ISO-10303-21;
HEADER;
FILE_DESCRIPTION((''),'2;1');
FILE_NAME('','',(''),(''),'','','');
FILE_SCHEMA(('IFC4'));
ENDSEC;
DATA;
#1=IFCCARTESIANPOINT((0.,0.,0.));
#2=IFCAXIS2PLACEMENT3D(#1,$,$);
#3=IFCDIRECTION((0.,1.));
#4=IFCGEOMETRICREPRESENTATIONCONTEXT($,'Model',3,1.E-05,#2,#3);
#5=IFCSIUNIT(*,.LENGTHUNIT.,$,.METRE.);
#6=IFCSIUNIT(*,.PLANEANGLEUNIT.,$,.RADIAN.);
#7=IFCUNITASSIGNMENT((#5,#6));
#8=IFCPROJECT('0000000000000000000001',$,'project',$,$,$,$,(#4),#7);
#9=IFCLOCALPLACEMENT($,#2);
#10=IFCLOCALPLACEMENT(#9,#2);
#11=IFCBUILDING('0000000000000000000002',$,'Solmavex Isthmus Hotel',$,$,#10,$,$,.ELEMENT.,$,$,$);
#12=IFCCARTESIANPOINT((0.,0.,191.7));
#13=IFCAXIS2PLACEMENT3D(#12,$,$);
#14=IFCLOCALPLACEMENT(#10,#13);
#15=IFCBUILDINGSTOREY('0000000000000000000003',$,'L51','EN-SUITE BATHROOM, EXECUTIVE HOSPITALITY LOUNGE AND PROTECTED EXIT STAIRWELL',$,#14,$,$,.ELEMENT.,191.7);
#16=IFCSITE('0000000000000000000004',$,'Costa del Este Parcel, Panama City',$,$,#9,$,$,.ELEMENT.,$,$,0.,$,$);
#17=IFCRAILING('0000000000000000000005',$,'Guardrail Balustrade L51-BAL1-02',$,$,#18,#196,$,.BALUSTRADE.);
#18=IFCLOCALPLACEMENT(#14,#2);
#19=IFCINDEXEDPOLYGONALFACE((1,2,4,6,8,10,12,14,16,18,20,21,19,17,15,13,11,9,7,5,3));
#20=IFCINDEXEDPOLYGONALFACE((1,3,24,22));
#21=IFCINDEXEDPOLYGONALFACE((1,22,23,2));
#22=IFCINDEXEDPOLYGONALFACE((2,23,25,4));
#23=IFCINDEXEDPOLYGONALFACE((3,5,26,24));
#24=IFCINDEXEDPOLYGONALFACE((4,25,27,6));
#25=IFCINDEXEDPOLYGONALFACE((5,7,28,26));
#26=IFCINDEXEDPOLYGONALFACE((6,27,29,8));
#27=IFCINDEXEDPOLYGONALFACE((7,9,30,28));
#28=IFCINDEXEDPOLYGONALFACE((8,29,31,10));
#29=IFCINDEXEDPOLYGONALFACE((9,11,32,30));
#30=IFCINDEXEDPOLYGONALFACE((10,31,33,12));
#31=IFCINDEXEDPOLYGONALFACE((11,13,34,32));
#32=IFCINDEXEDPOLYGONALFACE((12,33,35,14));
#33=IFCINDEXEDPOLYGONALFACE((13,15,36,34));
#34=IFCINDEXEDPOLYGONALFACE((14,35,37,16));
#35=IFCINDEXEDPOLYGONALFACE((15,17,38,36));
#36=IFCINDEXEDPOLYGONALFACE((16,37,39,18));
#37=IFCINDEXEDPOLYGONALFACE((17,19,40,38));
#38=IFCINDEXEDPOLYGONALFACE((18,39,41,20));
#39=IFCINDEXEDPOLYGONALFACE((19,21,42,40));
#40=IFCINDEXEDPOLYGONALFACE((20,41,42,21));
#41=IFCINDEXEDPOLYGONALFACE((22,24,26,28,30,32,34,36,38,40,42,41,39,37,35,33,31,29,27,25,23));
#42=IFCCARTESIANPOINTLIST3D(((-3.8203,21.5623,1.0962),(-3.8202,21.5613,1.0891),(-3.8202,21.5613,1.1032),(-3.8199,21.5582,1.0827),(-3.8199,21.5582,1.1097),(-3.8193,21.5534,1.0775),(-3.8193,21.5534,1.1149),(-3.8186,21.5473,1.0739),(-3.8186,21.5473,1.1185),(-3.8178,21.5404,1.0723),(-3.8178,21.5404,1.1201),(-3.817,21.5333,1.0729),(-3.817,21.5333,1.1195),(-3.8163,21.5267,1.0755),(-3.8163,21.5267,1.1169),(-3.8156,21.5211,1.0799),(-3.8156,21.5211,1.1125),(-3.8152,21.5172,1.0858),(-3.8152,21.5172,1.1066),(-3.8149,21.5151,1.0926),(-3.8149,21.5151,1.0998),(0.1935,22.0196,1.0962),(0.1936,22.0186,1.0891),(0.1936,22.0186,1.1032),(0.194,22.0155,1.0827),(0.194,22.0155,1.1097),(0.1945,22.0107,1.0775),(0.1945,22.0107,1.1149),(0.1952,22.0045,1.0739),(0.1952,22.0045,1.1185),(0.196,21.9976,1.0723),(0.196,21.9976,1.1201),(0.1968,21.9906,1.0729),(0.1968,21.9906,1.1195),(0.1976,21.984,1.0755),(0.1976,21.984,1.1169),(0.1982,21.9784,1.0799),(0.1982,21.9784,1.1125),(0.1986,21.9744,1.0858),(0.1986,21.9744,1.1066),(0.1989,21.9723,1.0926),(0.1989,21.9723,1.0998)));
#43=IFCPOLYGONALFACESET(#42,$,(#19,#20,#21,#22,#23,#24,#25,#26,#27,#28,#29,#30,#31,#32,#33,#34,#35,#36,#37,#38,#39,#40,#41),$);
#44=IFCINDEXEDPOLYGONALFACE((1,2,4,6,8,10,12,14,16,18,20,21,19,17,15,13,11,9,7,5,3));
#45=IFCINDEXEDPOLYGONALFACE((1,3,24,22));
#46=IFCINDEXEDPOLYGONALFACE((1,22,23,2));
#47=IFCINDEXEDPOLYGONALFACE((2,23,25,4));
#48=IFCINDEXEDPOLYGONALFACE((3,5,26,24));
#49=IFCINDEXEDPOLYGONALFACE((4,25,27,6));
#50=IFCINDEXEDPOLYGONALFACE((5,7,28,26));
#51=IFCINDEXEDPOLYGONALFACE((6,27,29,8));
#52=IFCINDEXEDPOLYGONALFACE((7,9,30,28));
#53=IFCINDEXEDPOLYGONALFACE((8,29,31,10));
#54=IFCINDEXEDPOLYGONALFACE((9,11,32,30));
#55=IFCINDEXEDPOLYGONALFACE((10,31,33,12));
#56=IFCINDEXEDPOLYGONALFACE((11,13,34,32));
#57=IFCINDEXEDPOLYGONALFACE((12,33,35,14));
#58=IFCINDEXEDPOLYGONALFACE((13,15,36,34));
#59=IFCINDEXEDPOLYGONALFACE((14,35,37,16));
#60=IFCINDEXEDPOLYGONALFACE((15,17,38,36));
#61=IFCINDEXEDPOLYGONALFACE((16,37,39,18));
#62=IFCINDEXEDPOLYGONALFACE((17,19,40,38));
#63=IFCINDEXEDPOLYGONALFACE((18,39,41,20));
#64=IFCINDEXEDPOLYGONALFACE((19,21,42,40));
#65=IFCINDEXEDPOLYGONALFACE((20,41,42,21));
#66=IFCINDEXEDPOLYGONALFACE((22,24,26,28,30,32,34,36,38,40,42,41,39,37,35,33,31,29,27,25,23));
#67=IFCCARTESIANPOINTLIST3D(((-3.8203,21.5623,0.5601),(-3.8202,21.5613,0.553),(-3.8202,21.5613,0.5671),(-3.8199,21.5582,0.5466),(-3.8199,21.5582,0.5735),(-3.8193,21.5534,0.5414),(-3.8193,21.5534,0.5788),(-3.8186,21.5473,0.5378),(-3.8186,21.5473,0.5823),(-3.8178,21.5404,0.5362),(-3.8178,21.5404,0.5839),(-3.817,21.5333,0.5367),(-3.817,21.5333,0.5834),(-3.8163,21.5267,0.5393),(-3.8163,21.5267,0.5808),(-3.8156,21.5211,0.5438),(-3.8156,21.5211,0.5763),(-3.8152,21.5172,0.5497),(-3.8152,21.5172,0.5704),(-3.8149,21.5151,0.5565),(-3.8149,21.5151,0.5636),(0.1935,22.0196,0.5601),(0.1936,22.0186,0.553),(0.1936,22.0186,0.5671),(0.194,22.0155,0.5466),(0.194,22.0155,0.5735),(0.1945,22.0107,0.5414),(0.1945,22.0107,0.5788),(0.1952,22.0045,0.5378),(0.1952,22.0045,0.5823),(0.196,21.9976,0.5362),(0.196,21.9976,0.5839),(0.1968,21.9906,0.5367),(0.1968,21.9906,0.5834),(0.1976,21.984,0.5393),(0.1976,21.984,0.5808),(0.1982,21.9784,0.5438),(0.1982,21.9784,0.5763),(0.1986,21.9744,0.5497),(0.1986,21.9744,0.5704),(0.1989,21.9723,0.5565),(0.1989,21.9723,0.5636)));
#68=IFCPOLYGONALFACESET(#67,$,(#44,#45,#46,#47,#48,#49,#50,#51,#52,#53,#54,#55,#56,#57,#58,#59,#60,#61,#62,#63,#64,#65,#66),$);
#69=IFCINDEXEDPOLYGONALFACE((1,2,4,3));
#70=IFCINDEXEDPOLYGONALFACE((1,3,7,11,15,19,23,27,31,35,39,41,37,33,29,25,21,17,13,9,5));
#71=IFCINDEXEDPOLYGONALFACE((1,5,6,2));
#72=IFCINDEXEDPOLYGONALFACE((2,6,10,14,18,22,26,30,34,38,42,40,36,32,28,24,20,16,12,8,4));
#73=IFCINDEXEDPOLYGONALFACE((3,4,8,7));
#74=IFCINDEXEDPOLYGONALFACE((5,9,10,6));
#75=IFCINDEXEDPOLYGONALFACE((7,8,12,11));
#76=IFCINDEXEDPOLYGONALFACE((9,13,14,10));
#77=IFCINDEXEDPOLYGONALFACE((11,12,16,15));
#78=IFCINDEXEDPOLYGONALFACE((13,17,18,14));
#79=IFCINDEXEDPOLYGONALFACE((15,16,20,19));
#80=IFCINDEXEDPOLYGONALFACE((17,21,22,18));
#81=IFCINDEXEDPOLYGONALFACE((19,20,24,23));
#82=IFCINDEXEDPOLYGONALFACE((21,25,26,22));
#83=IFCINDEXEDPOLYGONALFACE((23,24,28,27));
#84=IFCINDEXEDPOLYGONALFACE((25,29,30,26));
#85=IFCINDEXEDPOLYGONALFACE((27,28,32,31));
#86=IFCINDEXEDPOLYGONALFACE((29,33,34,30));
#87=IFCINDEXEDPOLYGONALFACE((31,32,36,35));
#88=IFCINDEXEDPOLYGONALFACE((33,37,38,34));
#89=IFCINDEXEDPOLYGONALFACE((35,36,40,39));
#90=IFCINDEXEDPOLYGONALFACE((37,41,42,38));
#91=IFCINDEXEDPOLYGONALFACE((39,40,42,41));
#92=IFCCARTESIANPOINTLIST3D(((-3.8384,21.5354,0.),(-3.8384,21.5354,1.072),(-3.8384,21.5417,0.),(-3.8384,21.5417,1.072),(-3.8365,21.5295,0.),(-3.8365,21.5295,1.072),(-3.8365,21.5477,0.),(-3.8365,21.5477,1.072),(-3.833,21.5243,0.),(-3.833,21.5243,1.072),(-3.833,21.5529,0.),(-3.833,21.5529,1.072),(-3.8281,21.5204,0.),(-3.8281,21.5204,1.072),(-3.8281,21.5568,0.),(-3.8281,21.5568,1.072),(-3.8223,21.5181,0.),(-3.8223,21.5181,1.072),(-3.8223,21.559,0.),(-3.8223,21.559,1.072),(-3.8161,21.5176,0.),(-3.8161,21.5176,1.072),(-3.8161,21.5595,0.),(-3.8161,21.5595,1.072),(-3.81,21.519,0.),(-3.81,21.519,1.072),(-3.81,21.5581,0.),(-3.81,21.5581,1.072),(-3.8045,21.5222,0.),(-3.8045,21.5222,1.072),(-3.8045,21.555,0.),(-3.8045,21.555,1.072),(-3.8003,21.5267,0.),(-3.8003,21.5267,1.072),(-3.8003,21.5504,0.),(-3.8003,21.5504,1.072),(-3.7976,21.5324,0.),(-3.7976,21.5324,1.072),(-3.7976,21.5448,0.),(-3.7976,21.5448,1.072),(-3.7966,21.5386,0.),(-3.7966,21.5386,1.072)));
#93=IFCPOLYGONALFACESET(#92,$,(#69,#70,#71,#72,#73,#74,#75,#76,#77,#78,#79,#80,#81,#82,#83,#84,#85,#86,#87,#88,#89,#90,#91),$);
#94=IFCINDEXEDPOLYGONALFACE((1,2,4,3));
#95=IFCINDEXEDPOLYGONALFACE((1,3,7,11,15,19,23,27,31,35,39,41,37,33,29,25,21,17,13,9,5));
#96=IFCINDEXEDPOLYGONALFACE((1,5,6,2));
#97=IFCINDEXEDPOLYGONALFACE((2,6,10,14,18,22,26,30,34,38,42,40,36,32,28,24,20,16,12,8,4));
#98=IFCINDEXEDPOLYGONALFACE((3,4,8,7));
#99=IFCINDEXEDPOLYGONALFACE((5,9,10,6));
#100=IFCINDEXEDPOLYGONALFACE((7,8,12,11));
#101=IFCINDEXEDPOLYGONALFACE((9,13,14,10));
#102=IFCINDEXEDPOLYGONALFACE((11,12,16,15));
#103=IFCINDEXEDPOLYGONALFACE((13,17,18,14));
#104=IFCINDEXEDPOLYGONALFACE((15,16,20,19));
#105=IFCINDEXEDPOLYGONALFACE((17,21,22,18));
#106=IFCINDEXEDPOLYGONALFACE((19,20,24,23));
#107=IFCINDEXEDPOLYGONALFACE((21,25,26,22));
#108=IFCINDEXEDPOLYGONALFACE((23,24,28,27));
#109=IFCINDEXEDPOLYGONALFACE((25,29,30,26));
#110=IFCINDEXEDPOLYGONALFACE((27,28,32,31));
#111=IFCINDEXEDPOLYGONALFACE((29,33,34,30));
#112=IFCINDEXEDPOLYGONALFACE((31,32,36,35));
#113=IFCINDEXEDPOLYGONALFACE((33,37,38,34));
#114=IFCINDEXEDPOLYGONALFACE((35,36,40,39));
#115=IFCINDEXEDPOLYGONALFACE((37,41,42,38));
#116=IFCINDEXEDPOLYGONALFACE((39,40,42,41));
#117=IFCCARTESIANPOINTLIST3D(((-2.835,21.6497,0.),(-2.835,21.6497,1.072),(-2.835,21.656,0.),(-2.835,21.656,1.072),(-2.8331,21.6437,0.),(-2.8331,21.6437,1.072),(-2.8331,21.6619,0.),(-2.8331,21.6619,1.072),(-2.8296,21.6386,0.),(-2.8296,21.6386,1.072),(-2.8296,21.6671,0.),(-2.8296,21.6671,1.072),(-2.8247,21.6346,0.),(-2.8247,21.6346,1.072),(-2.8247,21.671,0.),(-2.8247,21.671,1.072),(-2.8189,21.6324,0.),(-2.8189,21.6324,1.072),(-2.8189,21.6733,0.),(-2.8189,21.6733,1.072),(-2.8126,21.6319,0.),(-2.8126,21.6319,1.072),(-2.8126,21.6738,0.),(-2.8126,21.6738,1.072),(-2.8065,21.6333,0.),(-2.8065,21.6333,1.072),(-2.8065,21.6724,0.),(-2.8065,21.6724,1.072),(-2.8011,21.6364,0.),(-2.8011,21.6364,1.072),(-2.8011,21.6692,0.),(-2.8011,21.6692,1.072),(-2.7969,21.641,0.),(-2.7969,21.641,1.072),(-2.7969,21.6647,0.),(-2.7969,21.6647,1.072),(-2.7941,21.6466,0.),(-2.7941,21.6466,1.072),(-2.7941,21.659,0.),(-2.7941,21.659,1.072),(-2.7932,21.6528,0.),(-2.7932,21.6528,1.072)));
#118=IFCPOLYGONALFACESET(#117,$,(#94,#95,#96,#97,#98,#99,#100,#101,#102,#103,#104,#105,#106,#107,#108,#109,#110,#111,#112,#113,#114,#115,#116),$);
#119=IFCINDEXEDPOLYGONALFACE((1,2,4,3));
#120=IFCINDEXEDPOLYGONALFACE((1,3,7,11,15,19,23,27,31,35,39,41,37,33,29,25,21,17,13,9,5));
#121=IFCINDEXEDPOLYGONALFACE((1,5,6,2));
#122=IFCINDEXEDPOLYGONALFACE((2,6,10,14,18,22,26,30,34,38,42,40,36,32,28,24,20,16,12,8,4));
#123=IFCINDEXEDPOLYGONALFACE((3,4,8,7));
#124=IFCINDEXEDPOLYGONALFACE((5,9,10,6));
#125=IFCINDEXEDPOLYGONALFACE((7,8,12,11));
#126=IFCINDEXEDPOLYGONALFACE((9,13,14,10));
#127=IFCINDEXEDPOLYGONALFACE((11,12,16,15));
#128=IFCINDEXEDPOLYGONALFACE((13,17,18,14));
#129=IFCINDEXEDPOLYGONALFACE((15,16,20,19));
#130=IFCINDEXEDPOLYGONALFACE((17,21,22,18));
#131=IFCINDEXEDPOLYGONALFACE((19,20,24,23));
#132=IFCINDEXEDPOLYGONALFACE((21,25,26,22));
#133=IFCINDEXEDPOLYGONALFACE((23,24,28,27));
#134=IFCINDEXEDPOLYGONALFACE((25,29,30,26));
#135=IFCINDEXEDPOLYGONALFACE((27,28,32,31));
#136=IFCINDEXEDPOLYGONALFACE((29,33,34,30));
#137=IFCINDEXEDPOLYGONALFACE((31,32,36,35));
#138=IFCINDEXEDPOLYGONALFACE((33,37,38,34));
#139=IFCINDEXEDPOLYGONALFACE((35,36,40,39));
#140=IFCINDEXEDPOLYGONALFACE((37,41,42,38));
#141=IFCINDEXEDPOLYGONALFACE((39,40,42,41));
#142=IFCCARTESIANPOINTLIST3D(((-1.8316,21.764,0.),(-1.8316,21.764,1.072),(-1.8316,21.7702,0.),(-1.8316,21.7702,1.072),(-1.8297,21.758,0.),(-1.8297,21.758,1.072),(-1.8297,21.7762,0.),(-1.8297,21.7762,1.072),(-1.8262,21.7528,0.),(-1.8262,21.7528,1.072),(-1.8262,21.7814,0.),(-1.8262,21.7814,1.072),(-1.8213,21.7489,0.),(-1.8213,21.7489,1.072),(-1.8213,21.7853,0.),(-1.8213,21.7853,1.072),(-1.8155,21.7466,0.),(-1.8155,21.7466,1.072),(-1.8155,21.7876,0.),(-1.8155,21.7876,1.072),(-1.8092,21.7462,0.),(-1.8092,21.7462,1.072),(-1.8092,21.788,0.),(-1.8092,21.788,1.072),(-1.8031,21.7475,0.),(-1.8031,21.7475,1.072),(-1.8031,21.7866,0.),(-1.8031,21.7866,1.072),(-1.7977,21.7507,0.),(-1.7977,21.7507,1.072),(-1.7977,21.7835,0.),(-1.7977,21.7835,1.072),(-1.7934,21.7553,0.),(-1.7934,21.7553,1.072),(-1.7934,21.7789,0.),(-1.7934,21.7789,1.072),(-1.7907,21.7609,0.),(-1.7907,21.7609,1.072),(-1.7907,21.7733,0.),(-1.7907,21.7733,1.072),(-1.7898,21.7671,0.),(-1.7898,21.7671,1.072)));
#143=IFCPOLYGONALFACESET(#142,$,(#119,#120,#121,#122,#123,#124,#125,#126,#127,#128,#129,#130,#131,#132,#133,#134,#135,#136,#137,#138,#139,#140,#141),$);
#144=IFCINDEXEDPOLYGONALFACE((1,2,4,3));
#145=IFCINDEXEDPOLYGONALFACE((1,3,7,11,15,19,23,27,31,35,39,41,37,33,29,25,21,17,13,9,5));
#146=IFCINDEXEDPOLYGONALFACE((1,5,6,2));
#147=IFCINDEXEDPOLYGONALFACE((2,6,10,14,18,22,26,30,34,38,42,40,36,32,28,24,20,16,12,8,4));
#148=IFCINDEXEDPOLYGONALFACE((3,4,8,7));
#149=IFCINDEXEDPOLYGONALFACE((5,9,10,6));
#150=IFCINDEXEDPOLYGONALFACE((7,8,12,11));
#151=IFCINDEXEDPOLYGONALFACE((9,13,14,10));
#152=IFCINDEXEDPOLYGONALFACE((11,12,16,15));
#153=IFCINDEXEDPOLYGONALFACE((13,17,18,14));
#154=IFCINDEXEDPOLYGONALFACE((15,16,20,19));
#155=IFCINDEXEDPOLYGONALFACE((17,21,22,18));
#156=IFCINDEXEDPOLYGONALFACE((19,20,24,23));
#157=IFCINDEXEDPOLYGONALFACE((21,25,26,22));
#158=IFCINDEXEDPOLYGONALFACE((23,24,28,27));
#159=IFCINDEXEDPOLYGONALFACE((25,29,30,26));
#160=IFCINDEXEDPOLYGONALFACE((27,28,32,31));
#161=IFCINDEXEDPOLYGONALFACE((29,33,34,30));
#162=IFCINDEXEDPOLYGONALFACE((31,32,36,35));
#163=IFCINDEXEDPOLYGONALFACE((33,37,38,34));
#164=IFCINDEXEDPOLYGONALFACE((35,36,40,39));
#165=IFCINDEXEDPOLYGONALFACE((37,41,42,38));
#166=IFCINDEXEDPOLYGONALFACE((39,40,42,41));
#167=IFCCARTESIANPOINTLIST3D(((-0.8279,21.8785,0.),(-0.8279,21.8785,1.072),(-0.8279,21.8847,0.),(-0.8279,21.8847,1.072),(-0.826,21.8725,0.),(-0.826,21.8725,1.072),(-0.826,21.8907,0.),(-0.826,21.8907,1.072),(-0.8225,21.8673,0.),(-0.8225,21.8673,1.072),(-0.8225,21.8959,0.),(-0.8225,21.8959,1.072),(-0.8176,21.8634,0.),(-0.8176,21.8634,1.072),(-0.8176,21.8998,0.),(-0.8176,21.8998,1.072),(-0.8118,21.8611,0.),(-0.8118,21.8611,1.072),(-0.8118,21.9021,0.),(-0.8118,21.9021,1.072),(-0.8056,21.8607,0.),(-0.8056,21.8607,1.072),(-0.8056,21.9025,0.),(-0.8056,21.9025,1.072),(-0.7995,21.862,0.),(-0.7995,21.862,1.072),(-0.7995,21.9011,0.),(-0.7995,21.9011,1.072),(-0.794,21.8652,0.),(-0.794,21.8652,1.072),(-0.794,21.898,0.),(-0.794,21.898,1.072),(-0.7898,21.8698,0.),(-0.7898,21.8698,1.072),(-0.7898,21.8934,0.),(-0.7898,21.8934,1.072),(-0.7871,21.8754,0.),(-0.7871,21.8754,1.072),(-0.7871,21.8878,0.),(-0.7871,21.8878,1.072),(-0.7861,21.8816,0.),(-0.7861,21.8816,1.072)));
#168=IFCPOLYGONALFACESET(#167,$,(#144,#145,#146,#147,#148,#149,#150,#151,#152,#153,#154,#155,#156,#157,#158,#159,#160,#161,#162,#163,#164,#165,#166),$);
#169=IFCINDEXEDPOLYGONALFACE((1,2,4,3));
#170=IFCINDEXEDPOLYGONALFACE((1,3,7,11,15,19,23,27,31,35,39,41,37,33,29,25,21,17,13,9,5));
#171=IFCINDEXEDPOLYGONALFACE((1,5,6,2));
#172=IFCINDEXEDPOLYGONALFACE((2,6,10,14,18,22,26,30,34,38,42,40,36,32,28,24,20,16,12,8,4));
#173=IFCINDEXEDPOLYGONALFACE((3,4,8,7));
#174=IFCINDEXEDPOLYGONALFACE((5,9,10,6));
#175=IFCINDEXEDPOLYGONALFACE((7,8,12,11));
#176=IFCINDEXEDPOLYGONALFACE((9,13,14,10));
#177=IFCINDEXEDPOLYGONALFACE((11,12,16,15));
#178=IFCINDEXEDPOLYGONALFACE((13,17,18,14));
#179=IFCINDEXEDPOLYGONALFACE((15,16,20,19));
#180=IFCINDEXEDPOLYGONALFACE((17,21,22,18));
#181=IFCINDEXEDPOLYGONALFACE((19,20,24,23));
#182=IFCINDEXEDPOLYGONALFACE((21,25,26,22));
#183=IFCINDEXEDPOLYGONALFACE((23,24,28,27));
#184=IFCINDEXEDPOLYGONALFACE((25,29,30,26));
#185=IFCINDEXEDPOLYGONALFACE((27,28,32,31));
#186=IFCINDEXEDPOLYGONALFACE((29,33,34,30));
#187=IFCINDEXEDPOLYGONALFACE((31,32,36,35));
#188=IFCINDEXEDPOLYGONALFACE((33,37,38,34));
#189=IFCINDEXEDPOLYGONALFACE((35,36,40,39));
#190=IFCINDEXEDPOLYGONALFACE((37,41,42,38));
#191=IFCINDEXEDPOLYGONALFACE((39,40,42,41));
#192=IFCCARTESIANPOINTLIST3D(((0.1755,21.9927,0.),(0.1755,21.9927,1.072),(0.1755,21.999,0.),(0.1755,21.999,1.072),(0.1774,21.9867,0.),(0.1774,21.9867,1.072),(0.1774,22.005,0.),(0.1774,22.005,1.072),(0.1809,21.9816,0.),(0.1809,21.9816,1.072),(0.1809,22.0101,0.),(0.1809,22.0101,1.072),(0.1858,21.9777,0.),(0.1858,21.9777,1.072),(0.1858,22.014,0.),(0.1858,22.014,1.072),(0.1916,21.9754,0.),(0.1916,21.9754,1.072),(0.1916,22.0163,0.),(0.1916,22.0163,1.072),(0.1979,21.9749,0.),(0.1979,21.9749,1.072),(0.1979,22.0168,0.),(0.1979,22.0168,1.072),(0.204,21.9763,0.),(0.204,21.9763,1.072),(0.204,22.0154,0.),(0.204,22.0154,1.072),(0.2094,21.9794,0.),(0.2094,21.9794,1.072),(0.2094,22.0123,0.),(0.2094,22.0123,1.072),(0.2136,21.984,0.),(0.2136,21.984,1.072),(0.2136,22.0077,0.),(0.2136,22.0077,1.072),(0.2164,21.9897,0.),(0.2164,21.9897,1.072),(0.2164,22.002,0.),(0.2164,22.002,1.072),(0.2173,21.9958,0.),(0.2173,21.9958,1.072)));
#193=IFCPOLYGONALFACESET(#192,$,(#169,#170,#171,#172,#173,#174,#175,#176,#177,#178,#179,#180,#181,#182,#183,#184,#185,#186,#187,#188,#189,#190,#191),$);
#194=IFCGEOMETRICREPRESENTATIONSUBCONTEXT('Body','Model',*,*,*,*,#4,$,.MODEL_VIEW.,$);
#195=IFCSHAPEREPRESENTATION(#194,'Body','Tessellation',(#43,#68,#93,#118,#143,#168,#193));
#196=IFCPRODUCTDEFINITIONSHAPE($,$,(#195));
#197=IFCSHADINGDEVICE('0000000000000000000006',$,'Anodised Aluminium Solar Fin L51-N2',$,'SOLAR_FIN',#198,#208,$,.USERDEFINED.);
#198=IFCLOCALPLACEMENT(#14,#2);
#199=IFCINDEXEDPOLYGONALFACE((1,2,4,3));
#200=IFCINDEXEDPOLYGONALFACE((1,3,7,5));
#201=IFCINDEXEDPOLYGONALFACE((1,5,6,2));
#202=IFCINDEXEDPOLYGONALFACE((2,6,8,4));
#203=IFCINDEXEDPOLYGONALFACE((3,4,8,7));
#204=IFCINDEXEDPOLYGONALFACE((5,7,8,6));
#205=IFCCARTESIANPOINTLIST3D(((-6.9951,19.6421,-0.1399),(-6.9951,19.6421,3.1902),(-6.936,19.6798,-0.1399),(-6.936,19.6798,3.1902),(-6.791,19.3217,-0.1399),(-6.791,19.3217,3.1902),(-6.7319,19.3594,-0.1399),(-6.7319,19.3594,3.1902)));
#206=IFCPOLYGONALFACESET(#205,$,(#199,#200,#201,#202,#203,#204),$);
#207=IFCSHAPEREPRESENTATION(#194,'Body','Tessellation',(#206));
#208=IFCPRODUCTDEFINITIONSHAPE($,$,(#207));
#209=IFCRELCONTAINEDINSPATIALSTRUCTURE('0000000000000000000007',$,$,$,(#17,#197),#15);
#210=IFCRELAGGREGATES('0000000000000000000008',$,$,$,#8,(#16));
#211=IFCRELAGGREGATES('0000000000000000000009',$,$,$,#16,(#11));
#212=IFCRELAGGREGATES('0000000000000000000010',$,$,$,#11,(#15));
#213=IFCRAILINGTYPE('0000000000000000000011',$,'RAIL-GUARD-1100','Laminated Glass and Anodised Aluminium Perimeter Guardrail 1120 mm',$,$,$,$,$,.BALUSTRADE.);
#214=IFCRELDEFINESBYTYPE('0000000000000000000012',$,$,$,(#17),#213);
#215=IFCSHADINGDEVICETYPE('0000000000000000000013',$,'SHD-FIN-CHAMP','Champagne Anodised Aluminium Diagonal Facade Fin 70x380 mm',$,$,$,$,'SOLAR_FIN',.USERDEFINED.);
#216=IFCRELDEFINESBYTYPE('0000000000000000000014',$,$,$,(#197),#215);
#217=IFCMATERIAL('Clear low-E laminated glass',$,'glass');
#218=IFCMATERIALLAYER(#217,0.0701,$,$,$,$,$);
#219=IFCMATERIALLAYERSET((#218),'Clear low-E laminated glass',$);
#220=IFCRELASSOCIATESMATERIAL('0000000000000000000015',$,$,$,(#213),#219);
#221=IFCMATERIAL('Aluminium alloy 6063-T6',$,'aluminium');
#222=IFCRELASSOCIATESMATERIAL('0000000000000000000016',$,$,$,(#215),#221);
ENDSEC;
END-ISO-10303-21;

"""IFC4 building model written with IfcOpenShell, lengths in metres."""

from ifc_helpers import new_model, si_unit, direction, frame, origin, origin_2d, place, context, subcontext, project, spatial, rectangle, circle, extrude, material, layer, layer_set, type_object, element, save


model = new_model("IFC4")

# Units and contexts
model_context = context("Model", 3, precision=1e-05, world=origin(), true_north=direction((0.0, 1.0)))
body_context = subcontext(model_context, "Body", "Model", "MODEL_VIEW")
ifc_project = project(units=[si_unit("LENGTHUNIT", "METRE"), si_unit("PLANEANGLEUNIT", "RADIAN")], contexts=[model_context])

# Site, building, storey
site_placement = place(None, origin())
site = spatial("IfcSite", under=ifc_project, at=site_placement, Name="Costa del Este Parcel, Panama City", CompositionType="ELEMENT", RefElevation=0.0)
building_placement = place(site_placement, origin())
building = spatial("IfcBuilding", under=site, at=building_placement, Name="Solmavex Isthmus Hotel", CompositionType="ELEMENT")
storey_placement = place(building_placement, frame((0.0, 0.0, 191.7)))
storey = spatial("IfcBuildingStorey", under=building, at=storey_placement, Name="L51", Description="EN-SUITE BATHROOM, EXECUTIVE HOSPITALITY LOUNGE AND PROTECTED EXIT STAIRWELL", CompositionType="ELEMENT", Elevation=191.7)

# Shared definitions
ifc_material_1 = material(Name="Aluminium alloy 6063-T6", Category="aluminium")

# Shared definitions
ifc_material_2 = material(Name="Clear low-E laminated glass", Category="glass")

# Railing
ifc_layer_1 = layer(ifc_material_2, 0.0701)
ifc_layer_set_1 = layer_set([ifc_layer_1], Name="Clear low-E laminated glass")
railing_type = type_object("IfcRailingType", Name="RAIL-GUARD-1100", Description="Laminated Glass and Anodised Aluminium Perimeter Guardrail 1120 mm", PredefinedType="BALUSTRADE", material=ifc_layer_set_1)
railing_1_placement = place(storey_placement, frame((-3.8176, 21.5386, 0.0)))
element("IfcRailing", 1, at=railing_1_placement, inside=storey, type_object=railing_type, Name="Guardrail Balustrade L51-BAL1-02", PredefinedType="BALUSTRADE", context=body_context, shape_type="SweptSolid", body=[
    extrude(circle(Radius=0.0239, at=origin_2d()), frame((0.0, 0.0, 1.0962), z_axis=(0.993573, 0.11319, 0.0), x_axis=(-0.11319, 0.993573, 0.0)), (0.0, 0.0, 1.0), 4.0398),
    extrude(circle(Radius=0.0239, at=origin_2d()), frame((0.0, 0.0, 0.5601), z_axis=(0.993573, 0.11319, 0.0), x_axis=(-0.11319, 0.993573, 0.0)), (0.0, 0.0, 1.0), 4.0398),
    extrude(circle(Radius=0.021, at=origin_2d()), origin(), (0.0, 0.0, 1.0), 1.072),
    extrude(circle(Radius=0.021, at=origin_2d()), frame((1.0034, 0.1143, 0.0)), (0.0, 0.0, 1.0), 1.072),
    extrude(circle(Radius=0.021, at=origin_2d()), frame((2.0068, 0.2285, 0.0)), (0.0, 0.0, 1.0), 1.072),
    extrude(circle(Radius=0.021, at=origin_2d()), frame((3.0105, 0.343, 0.0)), (0.0, 0.0, 1.0), 1.072),
    extrude(circle(Radius=0.021, at=origin_2d()), frame((4.0139, 0.4573, 0.0)), (0.0, 0.0, 1.0), 1.072),
])

# Shading device
shading_device_type = type_object("IfcShadingDeviceType", Name="SHD-FIN-CHAMP", Description="Champagne Anodised Aluminium Diagonal Facade Fin 70x380 mm", ElementType="SOLAR_FIN", PredefinedType="USERDEFINED", material=ifc_material_1)
shading_device_placement = place(storey_placement, frame((-6.8635, 19.5007, -0.1399), z_axis=(0.0, 0.0, 1.0), x_axis=(-0.5373, 0.843391, 0.0)))
element("IfcShadingDevice", 2, at=shading_device_placement, inside=storey, type_object=shading_device_type, Name="Anodised Aluminium Solar Fin L51-N2", ObjectType="SOLAR_FIN", PredefinedType="USERDEFINED", context=body_context, shape_type="SweptSolid", body=[
    extrude(rectangle(XDim=0.3799, YDim=0.0701, at=origin_2d()), origin(), (0.0, 0.0, 1.0), 3.3301),
])

save(model, "model.ifc")
